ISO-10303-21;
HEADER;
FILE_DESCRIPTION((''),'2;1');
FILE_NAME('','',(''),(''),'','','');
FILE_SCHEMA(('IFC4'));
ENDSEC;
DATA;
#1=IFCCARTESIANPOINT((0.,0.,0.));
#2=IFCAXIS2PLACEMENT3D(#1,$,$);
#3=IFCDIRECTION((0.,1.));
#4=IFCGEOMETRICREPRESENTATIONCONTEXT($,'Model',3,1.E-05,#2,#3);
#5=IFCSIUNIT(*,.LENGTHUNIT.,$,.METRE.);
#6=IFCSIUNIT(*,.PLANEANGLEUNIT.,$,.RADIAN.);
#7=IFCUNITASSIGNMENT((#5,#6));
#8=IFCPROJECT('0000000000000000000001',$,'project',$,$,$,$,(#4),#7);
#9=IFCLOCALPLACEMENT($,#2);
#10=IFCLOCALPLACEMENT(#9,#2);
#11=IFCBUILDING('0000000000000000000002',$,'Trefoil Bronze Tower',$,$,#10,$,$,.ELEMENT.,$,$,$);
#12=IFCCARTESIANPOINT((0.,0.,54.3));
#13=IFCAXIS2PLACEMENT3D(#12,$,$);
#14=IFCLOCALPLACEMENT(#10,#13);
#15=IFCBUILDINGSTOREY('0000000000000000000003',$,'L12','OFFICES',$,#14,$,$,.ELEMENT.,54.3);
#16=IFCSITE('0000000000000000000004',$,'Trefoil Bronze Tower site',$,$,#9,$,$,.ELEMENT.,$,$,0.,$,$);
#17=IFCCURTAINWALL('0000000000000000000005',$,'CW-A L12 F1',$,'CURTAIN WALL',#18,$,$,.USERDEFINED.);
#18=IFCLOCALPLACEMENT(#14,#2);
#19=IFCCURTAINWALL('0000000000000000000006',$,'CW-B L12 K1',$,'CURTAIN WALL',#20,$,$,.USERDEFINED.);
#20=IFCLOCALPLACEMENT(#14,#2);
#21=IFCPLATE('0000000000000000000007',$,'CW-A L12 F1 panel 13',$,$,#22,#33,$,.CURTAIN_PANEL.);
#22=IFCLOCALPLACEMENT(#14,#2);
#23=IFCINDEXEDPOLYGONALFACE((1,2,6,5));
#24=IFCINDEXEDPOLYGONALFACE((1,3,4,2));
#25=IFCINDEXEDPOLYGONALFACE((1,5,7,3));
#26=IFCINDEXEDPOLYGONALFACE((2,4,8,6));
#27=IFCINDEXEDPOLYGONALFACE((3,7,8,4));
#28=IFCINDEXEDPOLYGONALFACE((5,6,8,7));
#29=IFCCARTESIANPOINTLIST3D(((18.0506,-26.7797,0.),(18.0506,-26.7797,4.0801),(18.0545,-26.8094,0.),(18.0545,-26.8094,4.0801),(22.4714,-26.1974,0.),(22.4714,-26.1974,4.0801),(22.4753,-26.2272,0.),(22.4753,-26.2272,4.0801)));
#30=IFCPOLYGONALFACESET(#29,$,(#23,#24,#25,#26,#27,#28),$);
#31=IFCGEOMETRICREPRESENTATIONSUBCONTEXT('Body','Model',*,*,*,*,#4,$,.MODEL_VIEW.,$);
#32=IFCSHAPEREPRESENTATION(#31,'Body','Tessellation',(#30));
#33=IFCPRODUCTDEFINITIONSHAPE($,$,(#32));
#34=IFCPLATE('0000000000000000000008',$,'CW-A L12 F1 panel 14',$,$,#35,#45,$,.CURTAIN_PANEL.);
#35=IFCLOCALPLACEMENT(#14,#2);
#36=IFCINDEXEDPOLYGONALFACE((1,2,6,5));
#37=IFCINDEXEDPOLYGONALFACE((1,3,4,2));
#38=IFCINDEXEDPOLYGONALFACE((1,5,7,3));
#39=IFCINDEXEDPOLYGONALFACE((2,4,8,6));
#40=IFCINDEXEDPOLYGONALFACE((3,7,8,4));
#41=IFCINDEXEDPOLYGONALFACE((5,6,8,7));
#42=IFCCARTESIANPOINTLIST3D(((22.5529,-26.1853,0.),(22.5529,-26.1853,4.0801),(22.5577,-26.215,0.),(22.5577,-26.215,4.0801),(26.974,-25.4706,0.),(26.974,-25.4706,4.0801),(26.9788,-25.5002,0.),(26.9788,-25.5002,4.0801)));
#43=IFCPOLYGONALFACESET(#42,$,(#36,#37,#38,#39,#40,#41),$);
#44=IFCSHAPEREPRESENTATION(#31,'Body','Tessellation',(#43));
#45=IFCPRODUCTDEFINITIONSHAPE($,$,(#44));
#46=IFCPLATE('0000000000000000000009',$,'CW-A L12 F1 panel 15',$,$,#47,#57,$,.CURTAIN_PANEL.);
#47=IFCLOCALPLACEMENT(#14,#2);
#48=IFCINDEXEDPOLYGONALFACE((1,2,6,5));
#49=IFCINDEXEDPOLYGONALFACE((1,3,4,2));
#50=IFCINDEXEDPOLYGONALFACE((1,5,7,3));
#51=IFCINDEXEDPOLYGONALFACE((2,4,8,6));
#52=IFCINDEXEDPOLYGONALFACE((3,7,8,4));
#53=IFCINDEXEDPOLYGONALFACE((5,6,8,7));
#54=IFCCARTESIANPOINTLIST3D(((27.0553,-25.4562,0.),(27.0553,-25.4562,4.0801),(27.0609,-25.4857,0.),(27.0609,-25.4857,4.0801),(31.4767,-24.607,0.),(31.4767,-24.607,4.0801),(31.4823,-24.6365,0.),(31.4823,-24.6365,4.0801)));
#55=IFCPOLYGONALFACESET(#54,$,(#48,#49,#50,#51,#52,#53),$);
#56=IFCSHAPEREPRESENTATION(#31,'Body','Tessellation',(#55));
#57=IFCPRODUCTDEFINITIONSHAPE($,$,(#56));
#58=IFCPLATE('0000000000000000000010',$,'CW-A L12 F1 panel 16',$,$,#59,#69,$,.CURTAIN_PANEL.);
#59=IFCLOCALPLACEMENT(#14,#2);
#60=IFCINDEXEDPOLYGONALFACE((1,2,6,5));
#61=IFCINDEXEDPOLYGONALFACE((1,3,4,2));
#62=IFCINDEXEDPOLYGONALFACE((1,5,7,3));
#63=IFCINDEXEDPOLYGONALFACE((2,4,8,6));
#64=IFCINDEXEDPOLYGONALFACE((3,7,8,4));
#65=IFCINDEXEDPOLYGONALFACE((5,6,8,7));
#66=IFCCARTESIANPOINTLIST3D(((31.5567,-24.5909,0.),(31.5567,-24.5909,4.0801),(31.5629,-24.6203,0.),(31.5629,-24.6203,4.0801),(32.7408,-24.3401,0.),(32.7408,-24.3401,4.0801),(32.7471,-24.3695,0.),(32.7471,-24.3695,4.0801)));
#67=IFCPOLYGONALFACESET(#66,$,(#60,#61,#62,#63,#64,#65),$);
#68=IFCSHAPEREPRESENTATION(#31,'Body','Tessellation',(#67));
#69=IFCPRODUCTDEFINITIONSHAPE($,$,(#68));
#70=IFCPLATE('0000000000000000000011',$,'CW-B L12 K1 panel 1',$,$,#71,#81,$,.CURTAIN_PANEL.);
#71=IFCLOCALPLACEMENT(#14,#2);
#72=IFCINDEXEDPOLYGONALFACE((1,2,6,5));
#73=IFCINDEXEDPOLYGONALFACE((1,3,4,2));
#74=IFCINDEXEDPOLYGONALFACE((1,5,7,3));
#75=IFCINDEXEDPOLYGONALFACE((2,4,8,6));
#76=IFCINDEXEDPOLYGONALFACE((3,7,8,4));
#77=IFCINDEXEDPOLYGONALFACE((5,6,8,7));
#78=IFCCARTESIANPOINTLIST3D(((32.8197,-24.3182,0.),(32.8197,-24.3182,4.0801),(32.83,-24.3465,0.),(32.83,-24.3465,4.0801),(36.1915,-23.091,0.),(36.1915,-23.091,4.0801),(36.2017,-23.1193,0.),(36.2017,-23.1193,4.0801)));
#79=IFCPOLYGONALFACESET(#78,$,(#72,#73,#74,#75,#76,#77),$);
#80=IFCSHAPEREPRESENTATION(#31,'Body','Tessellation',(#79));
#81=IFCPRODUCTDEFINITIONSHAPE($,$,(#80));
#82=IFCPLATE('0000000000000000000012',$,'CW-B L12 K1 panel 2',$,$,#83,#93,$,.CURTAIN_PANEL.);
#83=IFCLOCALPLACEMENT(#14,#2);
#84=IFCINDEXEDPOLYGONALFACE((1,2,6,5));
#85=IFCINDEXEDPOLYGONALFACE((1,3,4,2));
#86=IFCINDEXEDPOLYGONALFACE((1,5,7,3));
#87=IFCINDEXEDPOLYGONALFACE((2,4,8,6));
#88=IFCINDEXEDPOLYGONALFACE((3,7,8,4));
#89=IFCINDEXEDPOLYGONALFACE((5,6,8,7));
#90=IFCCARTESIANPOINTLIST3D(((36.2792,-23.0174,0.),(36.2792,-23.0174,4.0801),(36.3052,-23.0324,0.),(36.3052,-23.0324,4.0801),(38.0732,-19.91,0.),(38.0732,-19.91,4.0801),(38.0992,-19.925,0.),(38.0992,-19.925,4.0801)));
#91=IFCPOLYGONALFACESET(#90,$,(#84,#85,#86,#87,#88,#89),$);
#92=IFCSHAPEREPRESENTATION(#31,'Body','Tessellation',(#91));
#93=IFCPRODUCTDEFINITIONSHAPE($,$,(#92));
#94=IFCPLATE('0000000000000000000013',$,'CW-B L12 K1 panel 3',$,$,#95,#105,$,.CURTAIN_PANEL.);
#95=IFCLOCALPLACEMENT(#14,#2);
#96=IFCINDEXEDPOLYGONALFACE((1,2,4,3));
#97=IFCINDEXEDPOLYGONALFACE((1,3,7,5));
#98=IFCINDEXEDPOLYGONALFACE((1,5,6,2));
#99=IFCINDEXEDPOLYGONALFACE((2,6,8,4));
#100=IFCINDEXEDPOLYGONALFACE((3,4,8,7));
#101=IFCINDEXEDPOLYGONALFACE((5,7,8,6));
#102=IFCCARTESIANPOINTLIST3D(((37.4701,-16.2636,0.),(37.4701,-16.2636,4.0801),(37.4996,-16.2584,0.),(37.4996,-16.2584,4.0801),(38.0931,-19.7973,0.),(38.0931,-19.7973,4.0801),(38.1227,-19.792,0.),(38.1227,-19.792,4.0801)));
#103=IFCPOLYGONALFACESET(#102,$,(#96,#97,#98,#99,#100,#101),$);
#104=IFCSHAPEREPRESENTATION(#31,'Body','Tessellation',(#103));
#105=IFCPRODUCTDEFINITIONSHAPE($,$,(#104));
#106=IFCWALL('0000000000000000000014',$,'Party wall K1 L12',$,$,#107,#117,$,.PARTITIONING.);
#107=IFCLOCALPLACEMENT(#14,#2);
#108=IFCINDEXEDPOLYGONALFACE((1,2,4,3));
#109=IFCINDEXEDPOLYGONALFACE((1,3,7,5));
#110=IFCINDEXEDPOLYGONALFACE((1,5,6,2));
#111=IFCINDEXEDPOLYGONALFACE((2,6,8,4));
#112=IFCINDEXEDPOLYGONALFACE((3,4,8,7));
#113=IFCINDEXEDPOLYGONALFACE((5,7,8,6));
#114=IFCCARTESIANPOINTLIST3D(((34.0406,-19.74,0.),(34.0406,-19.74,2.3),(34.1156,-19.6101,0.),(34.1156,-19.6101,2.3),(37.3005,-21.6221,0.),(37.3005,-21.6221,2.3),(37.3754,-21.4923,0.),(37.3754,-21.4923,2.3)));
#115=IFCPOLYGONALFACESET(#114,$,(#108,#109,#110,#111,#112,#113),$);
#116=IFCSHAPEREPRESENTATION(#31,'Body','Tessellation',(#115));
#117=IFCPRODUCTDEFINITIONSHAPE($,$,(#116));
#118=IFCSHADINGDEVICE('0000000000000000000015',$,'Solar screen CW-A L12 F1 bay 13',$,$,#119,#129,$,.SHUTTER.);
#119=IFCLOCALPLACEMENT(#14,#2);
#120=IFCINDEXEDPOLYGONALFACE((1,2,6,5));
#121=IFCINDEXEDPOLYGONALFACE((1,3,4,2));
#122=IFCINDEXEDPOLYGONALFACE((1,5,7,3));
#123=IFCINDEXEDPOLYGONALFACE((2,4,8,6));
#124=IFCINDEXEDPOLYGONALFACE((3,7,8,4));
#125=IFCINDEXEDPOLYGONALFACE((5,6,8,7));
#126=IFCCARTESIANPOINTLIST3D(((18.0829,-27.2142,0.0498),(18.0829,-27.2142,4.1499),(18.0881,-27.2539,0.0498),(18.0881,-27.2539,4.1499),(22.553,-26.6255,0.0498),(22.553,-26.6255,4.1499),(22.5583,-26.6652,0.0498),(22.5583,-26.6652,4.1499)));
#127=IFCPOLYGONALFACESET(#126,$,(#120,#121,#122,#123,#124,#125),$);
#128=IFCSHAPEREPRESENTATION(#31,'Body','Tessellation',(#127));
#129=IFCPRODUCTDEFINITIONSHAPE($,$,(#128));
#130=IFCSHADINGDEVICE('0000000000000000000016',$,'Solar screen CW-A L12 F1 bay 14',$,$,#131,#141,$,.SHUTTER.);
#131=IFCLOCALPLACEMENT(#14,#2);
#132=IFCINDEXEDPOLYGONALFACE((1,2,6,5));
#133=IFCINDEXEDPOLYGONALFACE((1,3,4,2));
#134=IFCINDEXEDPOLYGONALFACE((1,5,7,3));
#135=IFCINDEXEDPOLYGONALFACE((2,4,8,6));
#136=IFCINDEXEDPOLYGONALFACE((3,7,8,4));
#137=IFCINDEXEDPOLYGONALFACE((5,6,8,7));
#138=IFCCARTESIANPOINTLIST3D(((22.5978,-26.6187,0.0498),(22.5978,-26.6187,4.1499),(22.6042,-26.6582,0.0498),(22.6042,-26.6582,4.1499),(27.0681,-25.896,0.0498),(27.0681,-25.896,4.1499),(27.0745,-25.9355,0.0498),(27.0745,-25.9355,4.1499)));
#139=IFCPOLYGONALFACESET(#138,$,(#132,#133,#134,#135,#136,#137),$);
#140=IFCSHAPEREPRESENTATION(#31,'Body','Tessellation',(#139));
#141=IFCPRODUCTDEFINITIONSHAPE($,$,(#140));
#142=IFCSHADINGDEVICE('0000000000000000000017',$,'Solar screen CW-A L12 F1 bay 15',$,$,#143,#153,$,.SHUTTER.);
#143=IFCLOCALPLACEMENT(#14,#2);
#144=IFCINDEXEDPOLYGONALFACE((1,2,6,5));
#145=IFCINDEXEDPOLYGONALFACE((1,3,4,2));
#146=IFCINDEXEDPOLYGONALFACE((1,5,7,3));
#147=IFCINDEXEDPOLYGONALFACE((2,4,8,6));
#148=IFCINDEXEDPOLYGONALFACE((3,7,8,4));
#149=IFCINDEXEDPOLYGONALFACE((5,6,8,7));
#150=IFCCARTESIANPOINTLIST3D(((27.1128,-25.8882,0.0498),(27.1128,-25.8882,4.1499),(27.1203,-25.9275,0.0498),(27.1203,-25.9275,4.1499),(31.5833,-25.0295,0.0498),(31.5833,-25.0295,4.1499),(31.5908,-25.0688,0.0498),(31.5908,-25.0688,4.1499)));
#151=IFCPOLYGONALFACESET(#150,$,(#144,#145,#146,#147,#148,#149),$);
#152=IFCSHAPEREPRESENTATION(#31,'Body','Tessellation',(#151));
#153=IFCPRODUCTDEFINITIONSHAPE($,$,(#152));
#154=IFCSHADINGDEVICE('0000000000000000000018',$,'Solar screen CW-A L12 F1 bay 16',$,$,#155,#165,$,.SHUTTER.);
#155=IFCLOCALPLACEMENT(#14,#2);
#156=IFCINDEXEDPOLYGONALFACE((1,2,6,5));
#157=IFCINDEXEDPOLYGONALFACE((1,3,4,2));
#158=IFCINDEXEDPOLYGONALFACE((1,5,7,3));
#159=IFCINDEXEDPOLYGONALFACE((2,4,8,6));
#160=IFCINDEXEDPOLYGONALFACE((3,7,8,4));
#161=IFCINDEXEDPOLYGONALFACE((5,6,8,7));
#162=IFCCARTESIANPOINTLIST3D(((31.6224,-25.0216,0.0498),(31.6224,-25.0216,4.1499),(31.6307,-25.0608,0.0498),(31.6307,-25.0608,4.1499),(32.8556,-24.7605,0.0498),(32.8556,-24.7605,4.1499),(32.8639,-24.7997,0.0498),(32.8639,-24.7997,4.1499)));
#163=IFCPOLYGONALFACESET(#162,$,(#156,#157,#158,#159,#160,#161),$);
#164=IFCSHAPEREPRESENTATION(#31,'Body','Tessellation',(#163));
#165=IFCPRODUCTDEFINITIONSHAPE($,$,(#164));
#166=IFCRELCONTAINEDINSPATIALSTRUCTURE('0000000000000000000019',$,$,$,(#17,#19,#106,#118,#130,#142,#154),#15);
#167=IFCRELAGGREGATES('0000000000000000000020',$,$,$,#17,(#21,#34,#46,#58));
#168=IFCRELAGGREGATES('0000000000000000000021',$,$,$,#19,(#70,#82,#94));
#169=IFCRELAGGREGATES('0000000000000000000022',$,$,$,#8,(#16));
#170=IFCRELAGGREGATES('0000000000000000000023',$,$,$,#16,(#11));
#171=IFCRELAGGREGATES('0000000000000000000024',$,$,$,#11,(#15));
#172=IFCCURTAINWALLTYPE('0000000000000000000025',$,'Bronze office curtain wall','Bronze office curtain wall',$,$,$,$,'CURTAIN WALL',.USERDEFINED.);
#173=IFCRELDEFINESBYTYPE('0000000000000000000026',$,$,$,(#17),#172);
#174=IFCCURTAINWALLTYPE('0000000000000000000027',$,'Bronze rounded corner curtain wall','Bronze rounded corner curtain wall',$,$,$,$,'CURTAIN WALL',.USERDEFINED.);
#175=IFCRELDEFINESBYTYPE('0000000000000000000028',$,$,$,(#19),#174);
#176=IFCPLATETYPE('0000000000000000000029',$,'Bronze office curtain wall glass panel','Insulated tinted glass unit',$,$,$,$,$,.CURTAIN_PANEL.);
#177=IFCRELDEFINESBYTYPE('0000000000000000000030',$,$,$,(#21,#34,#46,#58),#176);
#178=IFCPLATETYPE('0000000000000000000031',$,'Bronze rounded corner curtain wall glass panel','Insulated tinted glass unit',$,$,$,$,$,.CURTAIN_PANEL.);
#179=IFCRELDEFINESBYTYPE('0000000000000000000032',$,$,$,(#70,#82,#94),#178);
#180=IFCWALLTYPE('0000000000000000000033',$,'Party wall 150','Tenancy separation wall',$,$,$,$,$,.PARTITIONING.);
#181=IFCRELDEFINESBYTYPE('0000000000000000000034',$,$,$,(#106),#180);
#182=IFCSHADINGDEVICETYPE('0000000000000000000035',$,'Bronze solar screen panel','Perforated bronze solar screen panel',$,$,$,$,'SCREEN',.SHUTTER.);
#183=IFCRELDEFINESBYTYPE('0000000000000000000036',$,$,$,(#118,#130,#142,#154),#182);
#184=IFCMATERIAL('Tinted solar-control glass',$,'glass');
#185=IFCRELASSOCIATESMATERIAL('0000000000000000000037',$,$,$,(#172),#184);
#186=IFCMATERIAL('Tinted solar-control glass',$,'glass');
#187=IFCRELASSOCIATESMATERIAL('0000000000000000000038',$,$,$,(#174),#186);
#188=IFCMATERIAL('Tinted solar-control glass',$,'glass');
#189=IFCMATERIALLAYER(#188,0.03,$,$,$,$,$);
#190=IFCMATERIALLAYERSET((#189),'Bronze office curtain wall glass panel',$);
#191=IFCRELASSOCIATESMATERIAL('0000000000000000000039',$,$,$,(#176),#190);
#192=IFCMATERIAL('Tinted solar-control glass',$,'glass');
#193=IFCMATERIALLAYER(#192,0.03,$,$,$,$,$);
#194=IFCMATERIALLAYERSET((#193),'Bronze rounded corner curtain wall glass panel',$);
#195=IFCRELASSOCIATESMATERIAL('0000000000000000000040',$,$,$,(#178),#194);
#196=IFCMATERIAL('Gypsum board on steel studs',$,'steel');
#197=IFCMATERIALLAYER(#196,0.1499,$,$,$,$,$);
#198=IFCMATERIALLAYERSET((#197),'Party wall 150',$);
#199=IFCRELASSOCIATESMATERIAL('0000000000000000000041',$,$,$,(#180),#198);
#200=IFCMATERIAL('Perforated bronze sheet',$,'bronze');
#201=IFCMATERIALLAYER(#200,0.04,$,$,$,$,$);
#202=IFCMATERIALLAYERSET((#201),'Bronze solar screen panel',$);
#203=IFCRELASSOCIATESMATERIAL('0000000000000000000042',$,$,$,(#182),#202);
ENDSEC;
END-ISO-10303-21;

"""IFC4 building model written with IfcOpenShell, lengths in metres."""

from ifc_helpers import new_model, si_unit, direction, frame, frame_2d, origin, origin_2d, place, context, subcontext, project, spatial, rectangle, extrude, material, layer, layer_set, type_object, element, aggregate, save


model = new_model("IFC4")

# Units and contexts
model_context = context("Model", 3, precision=1e-05, world=origin(), true_north=direction((0.0, 1.0)))
body_context = subcontext(model_context, "Body", "Model", "MODEL_VIEW")
ifc_project = project(units=[si_unit("LENGTHUNIT", "METRE"), si_unit("PLANEANGLEUNIT", "RADIAN")], contexts=[model_context])

# Site, building, storey
site_placement = place(None, origin())
site = spatial("IfcSite", under=ifc_project, at=site_placement, Name="Trefoil Bronze Tower site", CompositionType="ELEMENT", RefElevation=0.0)
building_placement = place(site_placement, origin())
building = spatial("IfcBuilding", under=site, at=building_placement, Name="Trefoil Bronze Tower", CompositionType="ELEMENT")
storey_placement = place(building_placement, frame((0.0, 0.0, 54.3)))
storey = spatial("IfcBuildingStorey", under=building, at=storey_placement, Name="L12", Description="OFFICES", CompositionType="ELEMENT", Elevation=54.3)

# Curtain walls
ifc_material_1 = material(Name="Tinted solar-control glass", Category="glass")
curtain_wall_type_1 = type_object("IfcCurtainWallType", Name="Bronze office curtain wall", Description="Bronze office curtain wall", ElementType="CURTAIN WALL", PredefinedType="USERDEFINED", material=ifc_material_1)
curtain_wall_1_placement = place(storey_placement, origin())
curtain_wall_1 = element("IfcCurtainWall", 1, at=curtain_wall_1_placement, inside=storey, type_object=curtain_wall_type_1, Name="CW-A L12 F1", ObjectType="CURTAIN WALL", PredefinedType="USERDEFINED")
ifc_material_2 = material(Name="Tinted solar-control glass", Category="glass")
curtain_wall_type_2 = type_object("IfcCurtainWallType", Name="Bronze rounded corner curtain wall", Description="Bronze rounded corner curtain wall", ElementType="CURTAIN WALL", PredefinedType="USERDEFINED", material=ifc_material_2)
curtain_wall_2_placement = place(storey_placement, origin())
curtain_wall_2 = element("IfcCurtainWall", 2, at=curtain_wall_2_placement, inside=storey, type_object=curtain_wall_type_2, Name="CW-B L12 K1", ObjectType="CURTAIN WALL", PredefinedType="USERDEFINED")

# Plates
ifc_material_3 = material(Name="Tinted solar-control glass", Category="glass")
ifc_layer_1 = layer(ifc_material_3, 0.03)
ifc_layer_set_1 = layer_set([ifc_layer_1], Name="Bronze office curtain wall glass panel")
plate_type_1 = type_object("IfcPlateType", Name="Bronze office curtain wall glass panel", Description="Insulated tinted glass unit", PredefinedType="CURTAIN_PANEL", material=ifc_layer_set_1)
plate_1_placement = place(storey_placement, frame((20.2629, -26.5034, 0.0), z_axis=(0.0, 0.0, 1.0), x_axis=(0.991437, 0.130584, 0.0)))
plate_1 = element("IfcPlate", 3, at=plate_1_placement, type_object=plate_type_1, Name="CW-A L12 F1 panel 13", PredefinedType="CURTAIN_PANEL", context=body_context, shape_type="SweptSolid", body=[
    extrude(rectangle(XDim=4.459, YDim=0.03, at=origin_2d()), origin(), (0.0, 0.0, 1.0), 4.0801),
])
plate_2_placement = place(storey_placement, frame((24.7659, -25.8428, 0.0), z_axis=(0.0, 0.0, 1.0), x_axis=(0.987181, 0.159603, 0.0)))
plate_2 = element("IfcPlate", 4, at=plate_2_placement, type_object=plate_type_1, Name="CW-A L12 F1 panel 14", PredefinedType="CURTAIN_PANEL", context=body_context, shape_type="SweptSolid", body=[
    extrude(rectangle(XDim=4.4785, YDim=0.03, at=origin_2d()), origin(), (0.0, 0.0, 1.0), 4.0801),
])
plate_3_placement = place(storey_placement, frame((29.2688, -25.0464, 0.0), z_axis=(0.0, 0.0, 1.0), x_axis=(0.98205, 0.188622, 0.0)))
plate_3 = element("IfcPlate", 5, at=plate_3_placement, type_object=plate_type_1, Name="CW-A L12 F1 panel 15", PredefinedType="CURTAIN_PANEL", context=body_context, shape_type="SweptSolid", body=[
    extrude(rectangle(XDim=4.5022, YDim=0.03, at=origin_2d()), origin(), (0.0, 0.0, 1.0), 4.0801),
])
plate_4_placement = place(storey_placement, frame((32.1519, -24.4802, 0.0), z_axis=(0.0, 0.0, 1.0), x_axis=(0.978303, 0.207181, 0.0)))
plate_4 = element("IfcPlate", 6, at=plate_4_placement, type_object=plate_type_1, Name="CW-A L12 F1 panel 16", PredefinedType="CURTAIN_PANEL", context=body_context, shape_type="SweptSolid", body=[
    extrude(rectangle(XDim=1.2104, YDim=0.03, at=origin_2d()), origin(), (0.0, 0.0, 1.0), 4.0801),
])
aggregate(curtain_wall_1, [plate_1, plate_2, plate_3, plate_4])
ifc_material_4 = material(Name="Tinted solar-control glass", Category="glass")
ifc_layer_2 = layer(ifc_material_4, 0.03)
ifc_layer_set_2 = layer_set([ifc_layer_2], Name="Bronze rounded corner curtain wall glass panel")
plate_type_2 = type_object("IfcPlateType", Name="Bronze rounded corner curtain wall glass panel", Description="Insulated tinted glass unit", PredefinedType="CURTAIN_PANEL", material=ifc_layer_set_2)
plate_5_placement = place(storey_placement, frame((34.5107, -23.7188, 0.0), z_axis=(0.0, 0.0, 1.0), x_axis=(0.939693, 0.34202, 0.0)))
plate_5 = element("IfcPlate", 7, at=plate_5_placement, type_object=plate_type_2, Name="CW-B L12 K1 panel 1", PredefinedType="CURTAIN_PANEL", context=body_context, shape_type="SweptSolid", body=[
    extrude(rectangle(XDim=3.5881, YDim=0.03, at=origin_2d()), origin(), (0.0, 0.0, 1.0), 4.0801),
])
plate_6_placement = place(storey_placement, frame((37.1892, -21.4712, 0.0), z_axis=(0.0, 0.0, 1.0), x_axis=(0.5, 0.866025, 0.0)))
plate_6 = element("IfcPlate", 8, at=plate_6_placement, type_object=plate_type_2, Name="CW-B L12 K1 panel 2", PredefinedType="CURTAIN_PANEL", context=body_context, shape_type="SweptSolid", body=[
    extrude(rectangle(XDim=3.5881, YDim=0.03, at=origin_2d()), origin(), (0.0, 0.0, 1.0), 4.0801),
])
plate_7_placement = place(storey_placement, frame((37.7964, -18.0278, 0.0), z_axis=(0.0, 0.0, 1.0), x_axis=(-0.173648, 0.984808, 0.0)))
plate_7 = element("IfcPlate", 9, at=plate_7_placement, type_object=plate_type_2, Name="CW-B L12 K1 panel 3", PredefinedType="CURTAIN_PANEL", context=body_context, shape_type="SweptSolid", body=[
    extrude(rectangle(XDim=3.5881, YDim=0.03, at=origin_2d()), origin(), (0.0, 0.0, 1.0), 4.0801),
])
aggregate(curtain_wall_2, [plate_5, plate_6, plate_7])

# Wall
ifc_material_5 = material(Name="Gypsum board on steel studs", Category="steel")
ifc_layer_3 = layer(ifc_material_5, 0.1499)
ifc_layer_set_3 = layer_set([ifc_layer_3], Name="Party wall 150")
wall_type = type_object("IfcWallType", Name="Party wall 150", Description="Tenancy separation wall", PredefinedType="PARTITIONING", material=ifc_layer_set_3)
wall_placement = place(storey_placement, frame((34.0781, -19.675, 0.0), z_axis=(0.0, 0.0, 1.0), x_axis=(0.866019, -0.500011, 0.0)))
element("IfcWall", 10, at=wall_placement, inside=storey, type_object=wall_type, Name="Party wall K1 L12", PredefinedType="PARTITIONING", context=body_context, shape_type="SweptSolid", body=[
    extrude(rectangle(XDim=3.7642, YDim=0.1499, at=frame_2d((1.8821, 0.0))), origin(), (0.0, 0.0, 1.0), 2.3),
])

# Shading devices
ifc_material_6 = material(Name="Perforated bronze sheet", Category="bronze")
ifc_layer_4 = layer(ifc_material_6, 0.04)
ifc_layer_set_4 = layer_set([ifc_layer_4], Name="Bronze solar screen panel")
shading_device_type = type_object("IfcShadingDeviceType", Name="Bronze solar screen panel", Description="Perforated bronze solar screen panel", ElementType="SCREEN", PredefinedType="SHUTTER", material=ifc_layer_set_4)
shading_device_1_placement = place(storey_placement, frame((20.3206, -26.9397, 0.0498), z_axis=(0.0, 0.0, 1.0), x_axis=(0.991437, 0.130584, 0.0)))
element("IfcShadingDevice", 11, at=shading_device_1_placement, inside=storey, type_object=shading_device_type, Name="Solar screen CW-A L12 F1 bay 13", PredefinedType="SHUTTER", context=body_context, shape_type="SweptSolid", body=[
    extrude(rectangle(XDim=4.5088, YDim=0.04, at=origin_2d()), origin(), (0.0, 0.0, 1.0), 4.1001),
])
shading_device_2_placement = place(storey_placement, frame((24.8362, -26.2771, 0.0498), z_axis=(0.0, 0.0, 1.0), x_axis=(0.987181, 0.159603, 0.0)))
element("IfcShadingDevice", 12, at=shading_device_2_placement, inside=storey, type_object=shading_device_type, Name="Solar screen CW-A L12 F1 bay 14", PredefinedType="SHUTTER", context=body_context, shape_type="SweptSolid", body=[
    extrude(rectangle(XDim=4.5283, YDim=0.04, at=origin_2d()), origin(), (0.0, 0.0, 1.0), 4.1001),
])
shading_device_3_placement = place(storey_placement, frame((29.3518, -25.4785, 0.0498), z_axis=(0.0, 0.0, 1.0), x_axis=(0.98205, 0.188622, 0.0)))
element("IfcShadingDevice", 13, at=shading_device_3_placement, inside=storey, type_object=shading_device_type, Name="Solar screen CW-A L12 F1 bay 15", PredefinedType="SHUTTER", context=body_context, shape_type="SweptSolid", body=[
    extrude(rectangle(XDim=4.5522, YDim=0.04, at=origin_2d()), origin(), (0.0, 0.0, 1.0), 4.1001),
])
shading_device_4_placement = place(storey_placement, frame((32.2432, -24.9106, 0.0498), z_axis=(0.0, 0.0, 1.0), x_axis=(0.978303, 0.207181, 0.0)))
element("IfcShadingDevice", 14, at=shading_device_4_placement, inside=storey, type_object=shading_device_type, Name="Solar screen CW-A L12 F1 bay 16", PredefinedType="SHUTTER", context=body_context, shape_type="SweptSolid", body=[
    extrude(rectangle(XDim=1.2605, YDim=0.04, at=origin_2d()), origin(), (0.0, 0.0, 1.0), 4.1001),
])

save(model, "model.ifc")
